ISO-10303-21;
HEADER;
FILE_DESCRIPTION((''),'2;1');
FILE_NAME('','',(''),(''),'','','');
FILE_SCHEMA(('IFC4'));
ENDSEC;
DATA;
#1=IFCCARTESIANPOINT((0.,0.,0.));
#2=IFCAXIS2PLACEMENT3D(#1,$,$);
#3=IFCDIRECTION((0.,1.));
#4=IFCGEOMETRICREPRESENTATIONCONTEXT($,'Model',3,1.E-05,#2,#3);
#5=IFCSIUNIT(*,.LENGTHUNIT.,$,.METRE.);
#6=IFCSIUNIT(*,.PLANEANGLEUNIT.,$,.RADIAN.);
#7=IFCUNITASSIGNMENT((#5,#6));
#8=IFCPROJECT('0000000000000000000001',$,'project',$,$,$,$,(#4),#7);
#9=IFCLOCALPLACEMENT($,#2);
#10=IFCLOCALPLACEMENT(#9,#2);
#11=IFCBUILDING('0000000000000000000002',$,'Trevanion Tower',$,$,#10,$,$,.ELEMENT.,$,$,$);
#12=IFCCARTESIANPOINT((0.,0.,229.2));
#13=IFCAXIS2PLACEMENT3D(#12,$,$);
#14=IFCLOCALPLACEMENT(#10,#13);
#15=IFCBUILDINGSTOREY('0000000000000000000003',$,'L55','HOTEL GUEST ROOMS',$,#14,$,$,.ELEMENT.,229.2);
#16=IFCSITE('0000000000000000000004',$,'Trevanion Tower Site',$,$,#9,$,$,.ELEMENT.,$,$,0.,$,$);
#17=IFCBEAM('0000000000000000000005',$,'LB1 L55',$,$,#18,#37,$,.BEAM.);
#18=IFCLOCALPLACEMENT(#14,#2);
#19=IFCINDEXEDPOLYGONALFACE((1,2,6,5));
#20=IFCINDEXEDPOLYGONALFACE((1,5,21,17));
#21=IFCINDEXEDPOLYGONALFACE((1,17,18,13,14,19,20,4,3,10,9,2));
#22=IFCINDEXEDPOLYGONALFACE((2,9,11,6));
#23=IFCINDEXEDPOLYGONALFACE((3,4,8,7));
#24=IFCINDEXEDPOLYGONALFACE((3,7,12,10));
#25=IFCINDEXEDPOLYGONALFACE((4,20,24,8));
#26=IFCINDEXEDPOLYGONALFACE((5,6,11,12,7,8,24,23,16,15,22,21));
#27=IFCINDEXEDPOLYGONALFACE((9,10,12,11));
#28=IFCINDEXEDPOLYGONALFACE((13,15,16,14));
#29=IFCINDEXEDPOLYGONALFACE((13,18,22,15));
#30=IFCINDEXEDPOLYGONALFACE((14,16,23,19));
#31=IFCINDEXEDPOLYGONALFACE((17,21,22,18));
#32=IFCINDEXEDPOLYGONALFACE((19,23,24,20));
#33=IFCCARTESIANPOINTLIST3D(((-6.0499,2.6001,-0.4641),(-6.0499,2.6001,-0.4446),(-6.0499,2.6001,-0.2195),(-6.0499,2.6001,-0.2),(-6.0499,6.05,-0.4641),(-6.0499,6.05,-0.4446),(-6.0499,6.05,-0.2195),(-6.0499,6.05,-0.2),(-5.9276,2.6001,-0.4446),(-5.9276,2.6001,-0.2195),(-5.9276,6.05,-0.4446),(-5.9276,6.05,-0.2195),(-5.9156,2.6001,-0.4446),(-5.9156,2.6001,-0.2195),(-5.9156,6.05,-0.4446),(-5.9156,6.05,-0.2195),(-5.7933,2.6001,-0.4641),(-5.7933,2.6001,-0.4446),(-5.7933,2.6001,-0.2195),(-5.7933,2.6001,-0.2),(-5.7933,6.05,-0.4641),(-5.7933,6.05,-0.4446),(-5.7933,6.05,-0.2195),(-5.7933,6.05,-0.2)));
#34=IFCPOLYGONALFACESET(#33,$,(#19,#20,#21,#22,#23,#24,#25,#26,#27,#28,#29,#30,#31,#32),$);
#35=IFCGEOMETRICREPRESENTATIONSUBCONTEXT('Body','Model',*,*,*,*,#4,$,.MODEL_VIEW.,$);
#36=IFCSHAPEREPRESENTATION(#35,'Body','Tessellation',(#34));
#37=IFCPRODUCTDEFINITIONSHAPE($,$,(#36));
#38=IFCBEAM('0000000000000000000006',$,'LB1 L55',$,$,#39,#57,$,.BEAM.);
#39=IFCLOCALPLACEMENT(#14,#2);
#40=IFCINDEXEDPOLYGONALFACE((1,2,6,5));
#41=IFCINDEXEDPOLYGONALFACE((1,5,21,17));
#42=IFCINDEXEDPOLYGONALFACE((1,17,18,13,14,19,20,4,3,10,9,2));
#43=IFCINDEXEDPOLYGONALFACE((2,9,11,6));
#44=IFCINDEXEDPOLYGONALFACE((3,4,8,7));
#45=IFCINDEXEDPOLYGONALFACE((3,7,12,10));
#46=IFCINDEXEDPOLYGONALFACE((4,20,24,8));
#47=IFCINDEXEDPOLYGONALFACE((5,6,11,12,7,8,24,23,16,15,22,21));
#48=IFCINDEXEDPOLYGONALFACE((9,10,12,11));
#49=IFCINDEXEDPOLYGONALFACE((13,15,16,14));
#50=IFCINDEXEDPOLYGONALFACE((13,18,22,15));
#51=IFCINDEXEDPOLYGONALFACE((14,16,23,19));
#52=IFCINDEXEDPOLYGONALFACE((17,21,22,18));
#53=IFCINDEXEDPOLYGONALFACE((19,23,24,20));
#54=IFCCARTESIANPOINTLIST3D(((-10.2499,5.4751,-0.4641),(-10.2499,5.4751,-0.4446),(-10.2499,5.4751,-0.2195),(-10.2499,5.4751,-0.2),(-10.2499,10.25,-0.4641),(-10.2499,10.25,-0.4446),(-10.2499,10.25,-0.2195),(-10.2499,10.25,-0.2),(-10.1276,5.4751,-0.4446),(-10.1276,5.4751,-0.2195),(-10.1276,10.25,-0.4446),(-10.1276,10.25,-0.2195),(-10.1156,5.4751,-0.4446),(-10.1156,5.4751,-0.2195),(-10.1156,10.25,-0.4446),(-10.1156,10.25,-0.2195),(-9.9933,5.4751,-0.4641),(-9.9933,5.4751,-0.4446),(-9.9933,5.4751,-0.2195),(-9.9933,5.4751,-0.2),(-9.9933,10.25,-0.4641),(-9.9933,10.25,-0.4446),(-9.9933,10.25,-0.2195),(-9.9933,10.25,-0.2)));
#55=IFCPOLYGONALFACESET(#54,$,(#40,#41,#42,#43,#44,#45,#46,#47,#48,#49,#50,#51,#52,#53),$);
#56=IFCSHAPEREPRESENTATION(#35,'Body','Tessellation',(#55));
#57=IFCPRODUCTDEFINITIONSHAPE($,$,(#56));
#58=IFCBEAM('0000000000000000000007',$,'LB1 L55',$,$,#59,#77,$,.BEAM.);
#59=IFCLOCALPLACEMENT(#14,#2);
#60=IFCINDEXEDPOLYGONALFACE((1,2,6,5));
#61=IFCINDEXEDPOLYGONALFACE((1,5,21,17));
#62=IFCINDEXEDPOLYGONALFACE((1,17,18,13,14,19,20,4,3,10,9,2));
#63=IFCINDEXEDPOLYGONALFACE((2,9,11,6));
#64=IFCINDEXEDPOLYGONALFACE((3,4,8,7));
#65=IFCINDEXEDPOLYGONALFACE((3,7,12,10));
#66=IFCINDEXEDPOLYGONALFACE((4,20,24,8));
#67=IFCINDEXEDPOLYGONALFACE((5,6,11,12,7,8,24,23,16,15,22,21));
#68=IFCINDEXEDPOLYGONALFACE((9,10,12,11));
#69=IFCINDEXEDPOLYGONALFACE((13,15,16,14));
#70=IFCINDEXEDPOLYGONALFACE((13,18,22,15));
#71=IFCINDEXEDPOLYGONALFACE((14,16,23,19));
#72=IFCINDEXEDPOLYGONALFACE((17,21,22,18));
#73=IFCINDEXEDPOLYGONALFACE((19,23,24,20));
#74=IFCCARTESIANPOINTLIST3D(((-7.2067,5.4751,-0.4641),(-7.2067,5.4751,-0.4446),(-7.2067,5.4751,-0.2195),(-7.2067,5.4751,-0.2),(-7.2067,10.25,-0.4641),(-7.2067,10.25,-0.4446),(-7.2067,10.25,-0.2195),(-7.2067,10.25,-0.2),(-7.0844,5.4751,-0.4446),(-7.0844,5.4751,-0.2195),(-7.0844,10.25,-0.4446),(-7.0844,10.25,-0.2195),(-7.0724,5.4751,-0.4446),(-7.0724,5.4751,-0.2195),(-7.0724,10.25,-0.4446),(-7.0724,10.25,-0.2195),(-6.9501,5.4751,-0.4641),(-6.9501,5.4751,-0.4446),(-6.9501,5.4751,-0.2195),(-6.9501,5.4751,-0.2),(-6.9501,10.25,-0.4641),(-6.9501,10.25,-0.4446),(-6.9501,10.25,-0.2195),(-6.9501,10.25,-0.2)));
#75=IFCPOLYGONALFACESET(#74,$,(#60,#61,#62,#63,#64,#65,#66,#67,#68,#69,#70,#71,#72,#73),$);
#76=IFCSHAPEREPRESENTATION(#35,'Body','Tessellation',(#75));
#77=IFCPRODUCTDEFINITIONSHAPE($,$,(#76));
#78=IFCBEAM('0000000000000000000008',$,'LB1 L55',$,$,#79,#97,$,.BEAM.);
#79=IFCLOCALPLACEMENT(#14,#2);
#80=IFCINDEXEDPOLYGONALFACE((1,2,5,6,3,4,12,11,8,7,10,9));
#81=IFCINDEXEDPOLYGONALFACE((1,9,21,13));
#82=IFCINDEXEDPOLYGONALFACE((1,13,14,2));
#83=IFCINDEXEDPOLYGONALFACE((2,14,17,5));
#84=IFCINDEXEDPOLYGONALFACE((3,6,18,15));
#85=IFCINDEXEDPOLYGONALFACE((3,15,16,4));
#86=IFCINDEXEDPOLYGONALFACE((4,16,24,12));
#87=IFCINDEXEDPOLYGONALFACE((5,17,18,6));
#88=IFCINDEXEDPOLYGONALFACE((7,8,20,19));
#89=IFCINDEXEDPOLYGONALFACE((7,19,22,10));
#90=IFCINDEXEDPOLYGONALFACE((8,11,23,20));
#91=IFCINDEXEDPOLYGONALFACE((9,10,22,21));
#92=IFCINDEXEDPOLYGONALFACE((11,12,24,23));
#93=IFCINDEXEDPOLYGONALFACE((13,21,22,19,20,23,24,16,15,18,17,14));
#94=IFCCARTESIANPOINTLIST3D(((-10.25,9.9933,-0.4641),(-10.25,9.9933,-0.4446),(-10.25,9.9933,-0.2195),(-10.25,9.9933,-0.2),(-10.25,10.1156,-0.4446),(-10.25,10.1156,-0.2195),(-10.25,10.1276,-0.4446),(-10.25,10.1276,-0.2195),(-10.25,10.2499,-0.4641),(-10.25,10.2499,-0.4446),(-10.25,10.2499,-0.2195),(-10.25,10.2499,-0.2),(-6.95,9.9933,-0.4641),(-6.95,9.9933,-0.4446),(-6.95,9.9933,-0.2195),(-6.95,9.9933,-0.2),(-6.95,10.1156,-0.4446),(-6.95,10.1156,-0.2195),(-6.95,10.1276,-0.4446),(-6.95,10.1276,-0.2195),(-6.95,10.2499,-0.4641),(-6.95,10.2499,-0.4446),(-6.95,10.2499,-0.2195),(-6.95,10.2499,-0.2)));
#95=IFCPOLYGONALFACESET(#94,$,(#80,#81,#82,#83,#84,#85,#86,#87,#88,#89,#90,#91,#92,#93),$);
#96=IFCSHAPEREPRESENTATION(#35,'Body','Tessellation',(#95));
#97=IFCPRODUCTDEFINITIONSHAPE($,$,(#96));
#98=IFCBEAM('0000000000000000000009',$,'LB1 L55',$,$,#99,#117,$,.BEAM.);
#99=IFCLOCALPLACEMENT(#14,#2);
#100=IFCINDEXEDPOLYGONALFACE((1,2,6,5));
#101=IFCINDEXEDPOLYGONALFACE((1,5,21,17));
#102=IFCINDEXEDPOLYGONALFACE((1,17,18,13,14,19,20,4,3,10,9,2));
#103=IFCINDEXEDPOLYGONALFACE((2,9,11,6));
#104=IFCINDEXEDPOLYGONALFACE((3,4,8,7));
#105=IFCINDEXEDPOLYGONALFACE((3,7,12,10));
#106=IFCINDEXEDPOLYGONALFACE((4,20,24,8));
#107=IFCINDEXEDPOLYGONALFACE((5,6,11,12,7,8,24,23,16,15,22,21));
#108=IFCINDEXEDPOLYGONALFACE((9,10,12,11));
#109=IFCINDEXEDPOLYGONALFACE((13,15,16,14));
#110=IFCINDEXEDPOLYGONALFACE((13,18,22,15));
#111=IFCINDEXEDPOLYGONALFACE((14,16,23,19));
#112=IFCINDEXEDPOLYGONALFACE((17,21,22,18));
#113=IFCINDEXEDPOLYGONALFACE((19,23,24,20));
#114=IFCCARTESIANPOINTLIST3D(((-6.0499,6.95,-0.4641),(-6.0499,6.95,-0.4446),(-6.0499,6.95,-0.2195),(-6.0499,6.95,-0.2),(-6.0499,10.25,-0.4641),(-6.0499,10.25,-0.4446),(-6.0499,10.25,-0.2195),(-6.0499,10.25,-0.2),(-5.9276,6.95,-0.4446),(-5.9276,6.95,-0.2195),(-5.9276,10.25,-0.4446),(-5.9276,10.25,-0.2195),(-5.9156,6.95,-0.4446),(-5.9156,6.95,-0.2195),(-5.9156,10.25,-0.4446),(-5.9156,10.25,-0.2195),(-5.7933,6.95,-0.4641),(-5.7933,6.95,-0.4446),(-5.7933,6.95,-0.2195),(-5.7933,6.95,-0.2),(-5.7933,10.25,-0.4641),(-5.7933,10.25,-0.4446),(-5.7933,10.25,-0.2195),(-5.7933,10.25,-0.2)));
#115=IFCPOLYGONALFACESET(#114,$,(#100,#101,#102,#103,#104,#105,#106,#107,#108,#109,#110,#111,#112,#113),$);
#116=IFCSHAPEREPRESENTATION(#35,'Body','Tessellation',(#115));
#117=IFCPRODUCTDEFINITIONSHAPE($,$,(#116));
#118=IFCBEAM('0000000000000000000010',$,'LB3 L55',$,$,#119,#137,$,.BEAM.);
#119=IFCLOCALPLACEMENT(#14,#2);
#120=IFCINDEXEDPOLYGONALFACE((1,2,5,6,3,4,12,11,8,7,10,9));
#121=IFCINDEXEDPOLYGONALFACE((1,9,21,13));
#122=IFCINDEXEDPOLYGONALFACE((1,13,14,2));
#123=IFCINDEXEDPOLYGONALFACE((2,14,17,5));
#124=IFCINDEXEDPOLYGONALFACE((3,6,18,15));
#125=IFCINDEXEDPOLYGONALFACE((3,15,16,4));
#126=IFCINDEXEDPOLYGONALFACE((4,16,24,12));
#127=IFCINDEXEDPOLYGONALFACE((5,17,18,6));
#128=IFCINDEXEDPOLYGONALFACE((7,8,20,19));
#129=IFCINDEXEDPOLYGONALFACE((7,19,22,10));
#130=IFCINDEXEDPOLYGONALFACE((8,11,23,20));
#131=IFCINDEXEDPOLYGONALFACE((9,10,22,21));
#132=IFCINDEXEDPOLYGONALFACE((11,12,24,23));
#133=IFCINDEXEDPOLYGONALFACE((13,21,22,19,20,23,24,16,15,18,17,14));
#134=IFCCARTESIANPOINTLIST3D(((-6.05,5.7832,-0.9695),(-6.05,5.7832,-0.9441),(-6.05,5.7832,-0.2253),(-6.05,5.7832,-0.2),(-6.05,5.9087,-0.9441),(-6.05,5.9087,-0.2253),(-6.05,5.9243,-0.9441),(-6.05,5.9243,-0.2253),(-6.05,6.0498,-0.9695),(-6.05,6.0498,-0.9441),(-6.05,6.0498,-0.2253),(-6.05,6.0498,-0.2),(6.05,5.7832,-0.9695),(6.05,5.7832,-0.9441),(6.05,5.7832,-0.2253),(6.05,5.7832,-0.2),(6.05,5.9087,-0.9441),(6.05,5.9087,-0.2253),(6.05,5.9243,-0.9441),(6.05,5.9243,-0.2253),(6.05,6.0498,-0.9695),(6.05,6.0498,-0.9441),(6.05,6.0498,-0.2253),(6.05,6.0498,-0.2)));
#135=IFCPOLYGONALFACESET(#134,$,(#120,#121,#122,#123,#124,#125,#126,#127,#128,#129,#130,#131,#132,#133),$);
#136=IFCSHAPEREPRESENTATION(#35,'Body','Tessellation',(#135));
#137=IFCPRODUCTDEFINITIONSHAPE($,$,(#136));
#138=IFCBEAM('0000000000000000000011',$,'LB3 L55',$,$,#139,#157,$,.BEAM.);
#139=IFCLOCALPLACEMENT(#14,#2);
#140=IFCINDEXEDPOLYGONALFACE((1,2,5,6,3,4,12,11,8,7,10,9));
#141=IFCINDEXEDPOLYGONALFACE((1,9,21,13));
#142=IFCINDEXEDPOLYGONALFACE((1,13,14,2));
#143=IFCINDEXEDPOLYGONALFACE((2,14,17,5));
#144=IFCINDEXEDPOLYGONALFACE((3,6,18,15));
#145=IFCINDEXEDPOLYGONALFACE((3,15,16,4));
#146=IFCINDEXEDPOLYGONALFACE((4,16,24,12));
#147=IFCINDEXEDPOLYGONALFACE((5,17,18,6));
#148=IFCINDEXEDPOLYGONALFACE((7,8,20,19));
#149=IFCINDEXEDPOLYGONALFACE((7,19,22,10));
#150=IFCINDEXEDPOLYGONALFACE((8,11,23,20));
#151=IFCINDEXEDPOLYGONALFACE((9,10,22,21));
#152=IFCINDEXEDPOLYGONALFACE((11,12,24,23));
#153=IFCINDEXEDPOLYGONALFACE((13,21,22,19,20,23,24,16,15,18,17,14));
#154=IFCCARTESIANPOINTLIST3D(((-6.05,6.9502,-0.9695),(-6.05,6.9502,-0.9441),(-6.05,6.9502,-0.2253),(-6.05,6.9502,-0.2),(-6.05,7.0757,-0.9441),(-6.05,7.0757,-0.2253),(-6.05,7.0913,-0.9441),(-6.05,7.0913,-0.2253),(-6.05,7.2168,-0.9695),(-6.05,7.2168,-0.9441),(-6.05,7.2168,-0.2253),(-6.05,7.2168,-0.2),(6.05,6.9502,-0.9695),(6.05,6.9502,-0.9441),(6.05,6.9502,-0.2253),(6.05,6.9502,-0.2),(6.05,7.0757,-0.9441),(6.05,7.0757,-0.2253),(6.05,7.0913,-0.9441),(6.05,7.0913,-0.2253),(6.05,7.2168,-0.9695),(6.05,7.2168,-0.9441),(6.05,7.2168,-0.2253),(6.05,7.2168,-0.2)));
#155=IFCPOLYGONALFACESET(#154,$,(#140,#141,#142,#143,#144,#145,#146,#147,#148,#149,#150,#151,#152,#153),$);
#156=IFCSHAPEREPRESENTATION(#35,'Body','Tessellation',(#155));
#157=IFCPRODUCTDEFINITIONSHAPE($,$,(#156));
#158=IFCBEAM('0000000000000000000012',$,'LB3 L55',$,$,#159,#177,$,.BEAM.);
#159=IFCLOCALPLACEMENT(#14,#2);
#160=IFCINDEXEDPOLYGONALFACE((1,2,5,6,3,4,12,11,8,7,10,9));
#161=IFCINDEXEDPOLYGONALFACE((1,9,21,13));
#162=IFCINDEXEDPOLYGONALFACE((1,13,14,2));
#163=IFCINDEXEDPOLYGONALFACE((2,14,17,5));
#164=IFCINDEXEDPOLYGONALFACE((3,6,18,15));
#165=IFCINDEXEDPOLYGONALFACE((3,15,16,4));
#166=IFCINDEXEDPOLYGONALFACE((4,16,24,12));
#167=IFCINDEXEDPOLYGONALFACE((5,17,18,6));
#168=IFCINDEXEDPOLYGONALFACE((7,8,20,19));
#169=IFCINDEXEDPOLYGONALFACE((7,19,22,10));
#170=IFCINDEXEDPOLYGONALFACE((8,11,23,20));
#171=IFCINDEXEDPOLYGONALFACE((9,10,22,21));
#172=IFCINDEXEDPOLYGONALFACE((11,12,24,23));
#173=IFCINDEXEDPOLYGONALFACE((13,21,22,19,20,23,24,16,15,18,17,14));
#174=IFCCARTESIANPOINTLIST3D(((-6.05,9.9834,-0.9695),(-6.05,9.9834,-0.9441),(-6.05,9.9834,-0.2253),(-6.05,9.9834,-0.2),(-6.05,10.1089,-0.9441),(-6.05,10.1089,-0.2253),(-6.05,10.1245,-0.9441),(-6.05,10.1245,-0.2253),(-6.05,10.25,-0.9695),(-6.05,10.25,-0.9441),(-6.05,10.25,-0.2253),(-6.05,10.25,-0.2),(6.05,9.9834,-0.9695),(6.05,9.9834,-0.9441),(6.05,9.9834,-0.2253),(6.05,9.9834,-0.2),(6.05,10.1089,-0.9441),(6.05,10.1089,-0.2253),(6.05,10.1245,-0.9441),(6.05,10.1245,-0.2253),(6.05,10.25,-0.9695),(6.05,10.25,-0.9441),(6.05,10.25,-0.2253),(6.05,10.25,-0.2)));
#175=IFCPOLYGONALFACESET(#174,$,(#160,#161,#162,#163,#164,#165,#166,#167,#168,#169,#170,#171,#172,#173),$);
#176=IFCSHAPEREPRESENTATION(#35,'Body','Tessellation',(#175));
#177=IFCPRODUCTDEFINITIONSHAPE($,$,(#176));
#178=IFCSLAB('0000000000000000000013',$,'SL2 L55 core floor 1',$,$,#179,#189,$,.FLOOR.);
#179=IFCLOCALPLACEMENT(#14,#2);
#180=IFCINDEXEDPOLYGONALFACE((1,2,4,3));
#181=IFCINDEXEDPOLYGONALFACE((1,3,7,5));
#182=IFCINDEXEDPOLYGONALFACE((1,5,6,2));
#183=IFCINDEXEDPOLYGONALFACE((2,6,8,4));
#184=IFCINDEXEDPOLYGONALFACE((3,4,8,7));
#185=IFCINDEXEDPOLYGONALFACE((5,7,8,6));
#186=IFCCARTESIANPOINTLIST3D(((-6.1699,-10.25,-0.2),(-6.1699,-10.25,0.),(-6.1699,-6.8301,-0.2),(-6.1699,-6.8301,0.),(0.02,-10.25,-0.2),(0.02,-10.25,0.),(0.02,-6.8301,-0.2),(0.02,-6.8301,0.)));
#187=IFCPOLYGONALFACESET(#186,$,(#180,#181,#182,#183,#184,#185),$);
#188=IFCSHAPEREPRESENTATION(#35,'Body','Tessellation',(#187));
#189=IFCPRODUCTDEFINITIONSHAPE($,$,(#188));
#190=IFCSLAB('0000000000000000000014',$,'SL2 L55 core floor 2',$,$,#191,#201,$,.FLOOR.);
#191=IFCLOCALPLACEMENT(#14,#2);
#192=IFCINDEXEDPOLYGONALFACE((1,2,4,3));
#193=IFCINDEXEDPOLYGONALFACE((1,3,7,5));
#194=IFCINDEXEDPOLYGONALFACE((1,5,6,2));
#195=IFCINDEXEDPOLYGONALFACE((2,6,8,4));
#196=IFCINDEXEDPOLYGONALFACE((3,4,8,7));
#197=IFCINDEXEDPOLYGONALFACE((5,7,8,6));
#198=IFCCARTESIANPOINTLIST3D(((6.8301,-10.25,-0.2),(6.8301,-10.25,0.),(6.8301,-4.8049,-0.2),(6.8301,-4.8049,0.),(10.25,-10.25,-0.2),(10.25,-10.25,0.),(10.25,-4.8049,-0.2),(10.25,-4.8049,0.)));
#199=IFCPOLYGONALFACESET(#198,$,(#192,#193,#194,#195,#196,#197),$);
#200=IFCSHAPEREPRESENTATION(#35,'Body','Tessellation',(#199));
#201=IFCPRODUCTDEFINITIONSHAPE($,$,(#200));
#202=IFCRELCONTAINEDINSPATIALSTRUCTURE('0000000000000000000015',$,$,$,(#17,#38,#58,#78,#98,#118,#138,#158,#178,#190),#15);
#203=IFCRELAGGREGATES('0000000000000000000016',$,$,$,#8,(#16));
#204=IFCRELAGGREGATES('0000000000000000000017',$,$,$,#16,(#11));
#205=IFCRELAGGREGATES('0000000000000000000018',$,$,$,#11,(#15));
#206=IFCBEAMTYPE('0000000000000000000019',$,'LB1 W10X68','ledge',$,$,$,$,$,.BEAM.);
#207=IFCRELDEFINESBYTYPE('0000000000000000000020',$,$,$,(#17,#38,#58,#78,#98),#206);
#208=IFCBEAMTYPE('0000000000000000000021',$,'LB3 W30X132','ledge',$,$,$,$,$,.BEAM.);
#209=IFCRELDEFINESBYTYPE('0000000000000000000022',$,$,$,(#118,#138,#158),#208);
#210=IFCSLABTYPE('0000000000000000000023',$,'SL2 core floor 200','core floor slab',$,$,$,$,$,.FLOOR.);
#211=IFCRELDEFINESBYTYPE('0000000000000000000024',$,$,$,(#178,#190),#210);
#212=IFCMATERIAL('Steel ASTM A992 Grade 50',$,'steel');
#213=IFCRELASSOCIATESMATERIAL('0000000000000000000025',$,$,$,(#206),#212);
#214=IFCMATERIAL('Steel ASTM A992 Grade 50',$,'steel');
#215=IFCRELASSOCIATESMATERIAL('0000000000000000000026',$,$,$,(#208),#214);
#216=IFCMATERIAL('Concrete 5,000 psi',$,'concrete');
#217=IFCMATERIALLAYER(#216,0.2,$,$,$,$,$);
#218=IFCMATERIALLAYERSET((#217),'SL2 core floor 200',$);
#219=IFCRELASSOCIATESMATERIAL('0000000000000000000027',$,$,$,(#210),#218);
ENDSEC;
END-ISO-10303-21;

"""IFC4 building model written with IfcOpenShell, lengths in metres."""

from ifc_helpers import new_model, si_unit, direction, frame, origin, origin_2d, place, context, subcontext, project, spatial, polyline, i_section, outline, extrude, material, layer, layer_set, material_profile, profile_set, type_object, element, save


model = new_model("IFC4")

# Units and contexts
model_context = context("Model", 3, precision=1e-05, world=origin(), true_north=direction((0.0, 1.0)))
body_context = subcontext(model_context, "Body", "Model", "MODEL_VIEW")
ifc_project = project(units=[si_unit("LENGTHUNIT", "METRE"), si_unit("PLANEANGLEUNIT", "RADIAN")], contexts=[model_context])

# Site, building, storey
site_placement = place(None, origin())
site = spatial("IfcSite", under=ifc_project, at=site_placement, Name="Trevanion Tower Site", CompositionType="ELEMENT", RefElevation=0.0)
building_placement = place(site_placement, origin())
building = spatial("IfcBuilding", under=site, at=building_placement, Name="Trevanion Tower", CompositionType="ELEMENT")
storey_placement = place(building_placement, frame((0.0, 0.0, 229.2)))
storey = spatial("IfcBuildingStorey", under=building, at=storey_placement, Name="L55", Description="HOTEL GUEST ROOMS", CompositionType="ELEMENT", Elevation=229.2)

# Beams
ifc_material_1 = material(Name="Steel ASTM A992 Grade 50", Category="steel")
ifc_material_profile_1 = material_profile(ifc_material_1, i_section(OverallWidth=0.2566, OverallDepth=0.2642, WebThickness=0.012, FlangeThickness=0.0195, at=origin_2d()), Name="W10X68")
ifc_profile_set_1 = profile_set([ifc_material_profile_1], Name="Steel ASTM A992 Grade 50")
beam_type_1 = type_object("IfcBeamType", Name="LB1 W10X68", Description="ledge", PredefinedType="BEAM", material=ifc_profile_set_1)
beam_placement = place(storey_placement, frame((-5.9216, 2.6001, -0.332), z_axis=(0.0, 1.0, 0.0), x_axis=(-1.0, 0.0, 0.0)))
element("IfcBeam", 1, at=beam_placement, inside=storey, type_object=beam_type_1, Name="LB1 L55", PredefinedType="BEAM", context=body_context, shape_type="SweptSolid", body=[
    extrude(i_section(OverallWidth=0.2566, OverallDepth=0.2642, WebThickness=0.012, FlangeThickness=0.0195, at=origin_2d()), origin(), (0.0, 0.0, 1.0), 3.45),
])
for number, where, z_axis, x_axis, name in (
    (2, (-10.1216, 5.4751, -0.332), (0.0, 1.0, 0.0), (-1.0, 0.0, 0.0), "LB1 L55"),
    (3, (-7.0784, 5.4751, -0.332), (0.0, 1.0, 0.0), (-1.0, 0.0, 0.0), "LB1 L55"),
):
    element("IfcBeam", number, at=place(storey_placement, frame(where, z_axis=z_axis, x_axis=x_axis)), inside=storey, type_object=beam_type_1, Name=name, PredefinedType="BEAM", context=body_context, shape_type="SweptSolid", body=[
        extrude(i_section(OverallWidth=0.2566, OverallDepth=0.2642, WebThickness=0.012, FlangeThickness=0.0195, at=origin_2d()), origin(), (0.0, 0.0, 1.0), 4.7749),
    ])
for number, where, z_axis, x_axis, name in (
    (4, (-10.25, 10.1216, -0.332), (1.0, 0.0, 0.0), (0.0, 1.0, 0.0), "LB1 L55"),
    (5, (-5.9216, 6.95, -0.332), (0.0, 1.0, 0.0), (-1.0, 0.0, 0.0), "LB1 L55"),
):
    element("IfcBeam", number, at=place(storey_placement, frame(where, z_axis=z_axis, x_axis=x_axis)), inside=storey, type_object=beam_type_1, Name=name, PredefinedType="BEAM", context=body_context, shape_type="SweptSolid", body=[
        extrude(i_section(OverallWidth=0.2566, OverallDepth=0.2642, WebThickness=0.012, FlangeThickness=0.0195, at=origin_2d()), origin(), (0.0, 0.0, 1.0), 3.3),
    ])
ifc_material_2 = material(Name="Steel ASTM A992 Grade 50", Category="steel")
ifc_material_profile_2 = material_profile(ifc_material_2, i_section(OverallWidth=0.2666, OverallDepth=0.7695, WebThickness=0.0156, FlangeThickness=0.0254, at=origin_2d()), Name="W30X132")
ifc_profile_set_2 = profile_set([ifc_material_profile_2], Name="Steel ASTM A992 Grade 50")
beam_type_2 = type_object("IfcBeamType", Name="LB3 W30X132", Description="ledge", PredefinedType="BEAM", material=ifc_profile_set_2)
for number, where, z_axis, x_axis, name in (
    (6, (-6.05, 5.9165, -0.5847), (1.0, 0.0, 0.0), (0.0, 1.0, 0.0), "LB3 L55"),
    (7, (-6.05, 7.0835, -0.5847), (1.0, 0.0, 0.0), (0.0, 1.0, 0.0), "LB3 L55"),
    (8, (-6.05, 10.1167, -0.5847), (1.0, 0.0, 0.0), (0.0, 1.0, 0.0), "LB3 L55"),
):
    element("IfcBeam", number, at=place(storey_placement, frame(where, z_axis=z_axis, x_axis=x_axis)), inside=storey, type_object=beam_type_2, Name=name, PredefinedType="BEAM", context=body_context, shape_type="SweptSolid", body=[
        extrude(i_section(OverallWidth=0.2666, OverallDepth=0.7695, WebThickness=0.0156, FlangeThickness=0.0254, at=origin_2d()), origin(), (0.0, 0.0, 1.0), 12.1001),
    ])

# Slabs
ifc_material_3 = material(Name="Concrete 5,000 psi", Category="concrete")
ifc_layer_1 = layer(ifc_material_3, 0.2)
ifc_layer_set_1 = layer_set([ifc_layer_1], Name="SL2 core floor 200")
slab_type = type_object("IfcSlabType", Name="SL2 core floor 200", Description="core floor slab", PredefinedType="FLOOR", material=ifc_layer_set_1)
slab_1_placement = place(storey_placement, frame((0.0, 0.0, -0.2)))
element("IfcSlab", 9, at=slab_1_placement, inside=storey, type_object=slab_type, Name="SL2 L55 core floor 1", PredefinedType="FLOOR", context=body_context, shape_type="SweptSolid", body=[
    extrude(outline(polyline([(0.02, -10.25), (-6.1699, -10.25), (-6.1699, -6.8301), (0.02, -6.8301), (0.02, -10.25)])), origin(), (0.0, 0.0, 1.0), 0.2),
])
slab_2_placement = place(storey_placement, frame((0.0, 0.0, -0.2)))
element("IfcSlab", 10, at=slab_2_placement, inside=storey, type_object=slab_type, Name="SL2 L55 core floor 2", PredefinedType="FLOOR", context=body_context, shape_type="SweptSolid", body=[
    extrude(outline(polyline([(6.8301, -4.8049), (10.25, -4.8049), (10.25, -10.25), (6.8301, -10.25), (6.8301, -4.8049)])), origin(), (0.0, 0.0, 1.0), 0.2),
])

save(model, "model.ifc")
